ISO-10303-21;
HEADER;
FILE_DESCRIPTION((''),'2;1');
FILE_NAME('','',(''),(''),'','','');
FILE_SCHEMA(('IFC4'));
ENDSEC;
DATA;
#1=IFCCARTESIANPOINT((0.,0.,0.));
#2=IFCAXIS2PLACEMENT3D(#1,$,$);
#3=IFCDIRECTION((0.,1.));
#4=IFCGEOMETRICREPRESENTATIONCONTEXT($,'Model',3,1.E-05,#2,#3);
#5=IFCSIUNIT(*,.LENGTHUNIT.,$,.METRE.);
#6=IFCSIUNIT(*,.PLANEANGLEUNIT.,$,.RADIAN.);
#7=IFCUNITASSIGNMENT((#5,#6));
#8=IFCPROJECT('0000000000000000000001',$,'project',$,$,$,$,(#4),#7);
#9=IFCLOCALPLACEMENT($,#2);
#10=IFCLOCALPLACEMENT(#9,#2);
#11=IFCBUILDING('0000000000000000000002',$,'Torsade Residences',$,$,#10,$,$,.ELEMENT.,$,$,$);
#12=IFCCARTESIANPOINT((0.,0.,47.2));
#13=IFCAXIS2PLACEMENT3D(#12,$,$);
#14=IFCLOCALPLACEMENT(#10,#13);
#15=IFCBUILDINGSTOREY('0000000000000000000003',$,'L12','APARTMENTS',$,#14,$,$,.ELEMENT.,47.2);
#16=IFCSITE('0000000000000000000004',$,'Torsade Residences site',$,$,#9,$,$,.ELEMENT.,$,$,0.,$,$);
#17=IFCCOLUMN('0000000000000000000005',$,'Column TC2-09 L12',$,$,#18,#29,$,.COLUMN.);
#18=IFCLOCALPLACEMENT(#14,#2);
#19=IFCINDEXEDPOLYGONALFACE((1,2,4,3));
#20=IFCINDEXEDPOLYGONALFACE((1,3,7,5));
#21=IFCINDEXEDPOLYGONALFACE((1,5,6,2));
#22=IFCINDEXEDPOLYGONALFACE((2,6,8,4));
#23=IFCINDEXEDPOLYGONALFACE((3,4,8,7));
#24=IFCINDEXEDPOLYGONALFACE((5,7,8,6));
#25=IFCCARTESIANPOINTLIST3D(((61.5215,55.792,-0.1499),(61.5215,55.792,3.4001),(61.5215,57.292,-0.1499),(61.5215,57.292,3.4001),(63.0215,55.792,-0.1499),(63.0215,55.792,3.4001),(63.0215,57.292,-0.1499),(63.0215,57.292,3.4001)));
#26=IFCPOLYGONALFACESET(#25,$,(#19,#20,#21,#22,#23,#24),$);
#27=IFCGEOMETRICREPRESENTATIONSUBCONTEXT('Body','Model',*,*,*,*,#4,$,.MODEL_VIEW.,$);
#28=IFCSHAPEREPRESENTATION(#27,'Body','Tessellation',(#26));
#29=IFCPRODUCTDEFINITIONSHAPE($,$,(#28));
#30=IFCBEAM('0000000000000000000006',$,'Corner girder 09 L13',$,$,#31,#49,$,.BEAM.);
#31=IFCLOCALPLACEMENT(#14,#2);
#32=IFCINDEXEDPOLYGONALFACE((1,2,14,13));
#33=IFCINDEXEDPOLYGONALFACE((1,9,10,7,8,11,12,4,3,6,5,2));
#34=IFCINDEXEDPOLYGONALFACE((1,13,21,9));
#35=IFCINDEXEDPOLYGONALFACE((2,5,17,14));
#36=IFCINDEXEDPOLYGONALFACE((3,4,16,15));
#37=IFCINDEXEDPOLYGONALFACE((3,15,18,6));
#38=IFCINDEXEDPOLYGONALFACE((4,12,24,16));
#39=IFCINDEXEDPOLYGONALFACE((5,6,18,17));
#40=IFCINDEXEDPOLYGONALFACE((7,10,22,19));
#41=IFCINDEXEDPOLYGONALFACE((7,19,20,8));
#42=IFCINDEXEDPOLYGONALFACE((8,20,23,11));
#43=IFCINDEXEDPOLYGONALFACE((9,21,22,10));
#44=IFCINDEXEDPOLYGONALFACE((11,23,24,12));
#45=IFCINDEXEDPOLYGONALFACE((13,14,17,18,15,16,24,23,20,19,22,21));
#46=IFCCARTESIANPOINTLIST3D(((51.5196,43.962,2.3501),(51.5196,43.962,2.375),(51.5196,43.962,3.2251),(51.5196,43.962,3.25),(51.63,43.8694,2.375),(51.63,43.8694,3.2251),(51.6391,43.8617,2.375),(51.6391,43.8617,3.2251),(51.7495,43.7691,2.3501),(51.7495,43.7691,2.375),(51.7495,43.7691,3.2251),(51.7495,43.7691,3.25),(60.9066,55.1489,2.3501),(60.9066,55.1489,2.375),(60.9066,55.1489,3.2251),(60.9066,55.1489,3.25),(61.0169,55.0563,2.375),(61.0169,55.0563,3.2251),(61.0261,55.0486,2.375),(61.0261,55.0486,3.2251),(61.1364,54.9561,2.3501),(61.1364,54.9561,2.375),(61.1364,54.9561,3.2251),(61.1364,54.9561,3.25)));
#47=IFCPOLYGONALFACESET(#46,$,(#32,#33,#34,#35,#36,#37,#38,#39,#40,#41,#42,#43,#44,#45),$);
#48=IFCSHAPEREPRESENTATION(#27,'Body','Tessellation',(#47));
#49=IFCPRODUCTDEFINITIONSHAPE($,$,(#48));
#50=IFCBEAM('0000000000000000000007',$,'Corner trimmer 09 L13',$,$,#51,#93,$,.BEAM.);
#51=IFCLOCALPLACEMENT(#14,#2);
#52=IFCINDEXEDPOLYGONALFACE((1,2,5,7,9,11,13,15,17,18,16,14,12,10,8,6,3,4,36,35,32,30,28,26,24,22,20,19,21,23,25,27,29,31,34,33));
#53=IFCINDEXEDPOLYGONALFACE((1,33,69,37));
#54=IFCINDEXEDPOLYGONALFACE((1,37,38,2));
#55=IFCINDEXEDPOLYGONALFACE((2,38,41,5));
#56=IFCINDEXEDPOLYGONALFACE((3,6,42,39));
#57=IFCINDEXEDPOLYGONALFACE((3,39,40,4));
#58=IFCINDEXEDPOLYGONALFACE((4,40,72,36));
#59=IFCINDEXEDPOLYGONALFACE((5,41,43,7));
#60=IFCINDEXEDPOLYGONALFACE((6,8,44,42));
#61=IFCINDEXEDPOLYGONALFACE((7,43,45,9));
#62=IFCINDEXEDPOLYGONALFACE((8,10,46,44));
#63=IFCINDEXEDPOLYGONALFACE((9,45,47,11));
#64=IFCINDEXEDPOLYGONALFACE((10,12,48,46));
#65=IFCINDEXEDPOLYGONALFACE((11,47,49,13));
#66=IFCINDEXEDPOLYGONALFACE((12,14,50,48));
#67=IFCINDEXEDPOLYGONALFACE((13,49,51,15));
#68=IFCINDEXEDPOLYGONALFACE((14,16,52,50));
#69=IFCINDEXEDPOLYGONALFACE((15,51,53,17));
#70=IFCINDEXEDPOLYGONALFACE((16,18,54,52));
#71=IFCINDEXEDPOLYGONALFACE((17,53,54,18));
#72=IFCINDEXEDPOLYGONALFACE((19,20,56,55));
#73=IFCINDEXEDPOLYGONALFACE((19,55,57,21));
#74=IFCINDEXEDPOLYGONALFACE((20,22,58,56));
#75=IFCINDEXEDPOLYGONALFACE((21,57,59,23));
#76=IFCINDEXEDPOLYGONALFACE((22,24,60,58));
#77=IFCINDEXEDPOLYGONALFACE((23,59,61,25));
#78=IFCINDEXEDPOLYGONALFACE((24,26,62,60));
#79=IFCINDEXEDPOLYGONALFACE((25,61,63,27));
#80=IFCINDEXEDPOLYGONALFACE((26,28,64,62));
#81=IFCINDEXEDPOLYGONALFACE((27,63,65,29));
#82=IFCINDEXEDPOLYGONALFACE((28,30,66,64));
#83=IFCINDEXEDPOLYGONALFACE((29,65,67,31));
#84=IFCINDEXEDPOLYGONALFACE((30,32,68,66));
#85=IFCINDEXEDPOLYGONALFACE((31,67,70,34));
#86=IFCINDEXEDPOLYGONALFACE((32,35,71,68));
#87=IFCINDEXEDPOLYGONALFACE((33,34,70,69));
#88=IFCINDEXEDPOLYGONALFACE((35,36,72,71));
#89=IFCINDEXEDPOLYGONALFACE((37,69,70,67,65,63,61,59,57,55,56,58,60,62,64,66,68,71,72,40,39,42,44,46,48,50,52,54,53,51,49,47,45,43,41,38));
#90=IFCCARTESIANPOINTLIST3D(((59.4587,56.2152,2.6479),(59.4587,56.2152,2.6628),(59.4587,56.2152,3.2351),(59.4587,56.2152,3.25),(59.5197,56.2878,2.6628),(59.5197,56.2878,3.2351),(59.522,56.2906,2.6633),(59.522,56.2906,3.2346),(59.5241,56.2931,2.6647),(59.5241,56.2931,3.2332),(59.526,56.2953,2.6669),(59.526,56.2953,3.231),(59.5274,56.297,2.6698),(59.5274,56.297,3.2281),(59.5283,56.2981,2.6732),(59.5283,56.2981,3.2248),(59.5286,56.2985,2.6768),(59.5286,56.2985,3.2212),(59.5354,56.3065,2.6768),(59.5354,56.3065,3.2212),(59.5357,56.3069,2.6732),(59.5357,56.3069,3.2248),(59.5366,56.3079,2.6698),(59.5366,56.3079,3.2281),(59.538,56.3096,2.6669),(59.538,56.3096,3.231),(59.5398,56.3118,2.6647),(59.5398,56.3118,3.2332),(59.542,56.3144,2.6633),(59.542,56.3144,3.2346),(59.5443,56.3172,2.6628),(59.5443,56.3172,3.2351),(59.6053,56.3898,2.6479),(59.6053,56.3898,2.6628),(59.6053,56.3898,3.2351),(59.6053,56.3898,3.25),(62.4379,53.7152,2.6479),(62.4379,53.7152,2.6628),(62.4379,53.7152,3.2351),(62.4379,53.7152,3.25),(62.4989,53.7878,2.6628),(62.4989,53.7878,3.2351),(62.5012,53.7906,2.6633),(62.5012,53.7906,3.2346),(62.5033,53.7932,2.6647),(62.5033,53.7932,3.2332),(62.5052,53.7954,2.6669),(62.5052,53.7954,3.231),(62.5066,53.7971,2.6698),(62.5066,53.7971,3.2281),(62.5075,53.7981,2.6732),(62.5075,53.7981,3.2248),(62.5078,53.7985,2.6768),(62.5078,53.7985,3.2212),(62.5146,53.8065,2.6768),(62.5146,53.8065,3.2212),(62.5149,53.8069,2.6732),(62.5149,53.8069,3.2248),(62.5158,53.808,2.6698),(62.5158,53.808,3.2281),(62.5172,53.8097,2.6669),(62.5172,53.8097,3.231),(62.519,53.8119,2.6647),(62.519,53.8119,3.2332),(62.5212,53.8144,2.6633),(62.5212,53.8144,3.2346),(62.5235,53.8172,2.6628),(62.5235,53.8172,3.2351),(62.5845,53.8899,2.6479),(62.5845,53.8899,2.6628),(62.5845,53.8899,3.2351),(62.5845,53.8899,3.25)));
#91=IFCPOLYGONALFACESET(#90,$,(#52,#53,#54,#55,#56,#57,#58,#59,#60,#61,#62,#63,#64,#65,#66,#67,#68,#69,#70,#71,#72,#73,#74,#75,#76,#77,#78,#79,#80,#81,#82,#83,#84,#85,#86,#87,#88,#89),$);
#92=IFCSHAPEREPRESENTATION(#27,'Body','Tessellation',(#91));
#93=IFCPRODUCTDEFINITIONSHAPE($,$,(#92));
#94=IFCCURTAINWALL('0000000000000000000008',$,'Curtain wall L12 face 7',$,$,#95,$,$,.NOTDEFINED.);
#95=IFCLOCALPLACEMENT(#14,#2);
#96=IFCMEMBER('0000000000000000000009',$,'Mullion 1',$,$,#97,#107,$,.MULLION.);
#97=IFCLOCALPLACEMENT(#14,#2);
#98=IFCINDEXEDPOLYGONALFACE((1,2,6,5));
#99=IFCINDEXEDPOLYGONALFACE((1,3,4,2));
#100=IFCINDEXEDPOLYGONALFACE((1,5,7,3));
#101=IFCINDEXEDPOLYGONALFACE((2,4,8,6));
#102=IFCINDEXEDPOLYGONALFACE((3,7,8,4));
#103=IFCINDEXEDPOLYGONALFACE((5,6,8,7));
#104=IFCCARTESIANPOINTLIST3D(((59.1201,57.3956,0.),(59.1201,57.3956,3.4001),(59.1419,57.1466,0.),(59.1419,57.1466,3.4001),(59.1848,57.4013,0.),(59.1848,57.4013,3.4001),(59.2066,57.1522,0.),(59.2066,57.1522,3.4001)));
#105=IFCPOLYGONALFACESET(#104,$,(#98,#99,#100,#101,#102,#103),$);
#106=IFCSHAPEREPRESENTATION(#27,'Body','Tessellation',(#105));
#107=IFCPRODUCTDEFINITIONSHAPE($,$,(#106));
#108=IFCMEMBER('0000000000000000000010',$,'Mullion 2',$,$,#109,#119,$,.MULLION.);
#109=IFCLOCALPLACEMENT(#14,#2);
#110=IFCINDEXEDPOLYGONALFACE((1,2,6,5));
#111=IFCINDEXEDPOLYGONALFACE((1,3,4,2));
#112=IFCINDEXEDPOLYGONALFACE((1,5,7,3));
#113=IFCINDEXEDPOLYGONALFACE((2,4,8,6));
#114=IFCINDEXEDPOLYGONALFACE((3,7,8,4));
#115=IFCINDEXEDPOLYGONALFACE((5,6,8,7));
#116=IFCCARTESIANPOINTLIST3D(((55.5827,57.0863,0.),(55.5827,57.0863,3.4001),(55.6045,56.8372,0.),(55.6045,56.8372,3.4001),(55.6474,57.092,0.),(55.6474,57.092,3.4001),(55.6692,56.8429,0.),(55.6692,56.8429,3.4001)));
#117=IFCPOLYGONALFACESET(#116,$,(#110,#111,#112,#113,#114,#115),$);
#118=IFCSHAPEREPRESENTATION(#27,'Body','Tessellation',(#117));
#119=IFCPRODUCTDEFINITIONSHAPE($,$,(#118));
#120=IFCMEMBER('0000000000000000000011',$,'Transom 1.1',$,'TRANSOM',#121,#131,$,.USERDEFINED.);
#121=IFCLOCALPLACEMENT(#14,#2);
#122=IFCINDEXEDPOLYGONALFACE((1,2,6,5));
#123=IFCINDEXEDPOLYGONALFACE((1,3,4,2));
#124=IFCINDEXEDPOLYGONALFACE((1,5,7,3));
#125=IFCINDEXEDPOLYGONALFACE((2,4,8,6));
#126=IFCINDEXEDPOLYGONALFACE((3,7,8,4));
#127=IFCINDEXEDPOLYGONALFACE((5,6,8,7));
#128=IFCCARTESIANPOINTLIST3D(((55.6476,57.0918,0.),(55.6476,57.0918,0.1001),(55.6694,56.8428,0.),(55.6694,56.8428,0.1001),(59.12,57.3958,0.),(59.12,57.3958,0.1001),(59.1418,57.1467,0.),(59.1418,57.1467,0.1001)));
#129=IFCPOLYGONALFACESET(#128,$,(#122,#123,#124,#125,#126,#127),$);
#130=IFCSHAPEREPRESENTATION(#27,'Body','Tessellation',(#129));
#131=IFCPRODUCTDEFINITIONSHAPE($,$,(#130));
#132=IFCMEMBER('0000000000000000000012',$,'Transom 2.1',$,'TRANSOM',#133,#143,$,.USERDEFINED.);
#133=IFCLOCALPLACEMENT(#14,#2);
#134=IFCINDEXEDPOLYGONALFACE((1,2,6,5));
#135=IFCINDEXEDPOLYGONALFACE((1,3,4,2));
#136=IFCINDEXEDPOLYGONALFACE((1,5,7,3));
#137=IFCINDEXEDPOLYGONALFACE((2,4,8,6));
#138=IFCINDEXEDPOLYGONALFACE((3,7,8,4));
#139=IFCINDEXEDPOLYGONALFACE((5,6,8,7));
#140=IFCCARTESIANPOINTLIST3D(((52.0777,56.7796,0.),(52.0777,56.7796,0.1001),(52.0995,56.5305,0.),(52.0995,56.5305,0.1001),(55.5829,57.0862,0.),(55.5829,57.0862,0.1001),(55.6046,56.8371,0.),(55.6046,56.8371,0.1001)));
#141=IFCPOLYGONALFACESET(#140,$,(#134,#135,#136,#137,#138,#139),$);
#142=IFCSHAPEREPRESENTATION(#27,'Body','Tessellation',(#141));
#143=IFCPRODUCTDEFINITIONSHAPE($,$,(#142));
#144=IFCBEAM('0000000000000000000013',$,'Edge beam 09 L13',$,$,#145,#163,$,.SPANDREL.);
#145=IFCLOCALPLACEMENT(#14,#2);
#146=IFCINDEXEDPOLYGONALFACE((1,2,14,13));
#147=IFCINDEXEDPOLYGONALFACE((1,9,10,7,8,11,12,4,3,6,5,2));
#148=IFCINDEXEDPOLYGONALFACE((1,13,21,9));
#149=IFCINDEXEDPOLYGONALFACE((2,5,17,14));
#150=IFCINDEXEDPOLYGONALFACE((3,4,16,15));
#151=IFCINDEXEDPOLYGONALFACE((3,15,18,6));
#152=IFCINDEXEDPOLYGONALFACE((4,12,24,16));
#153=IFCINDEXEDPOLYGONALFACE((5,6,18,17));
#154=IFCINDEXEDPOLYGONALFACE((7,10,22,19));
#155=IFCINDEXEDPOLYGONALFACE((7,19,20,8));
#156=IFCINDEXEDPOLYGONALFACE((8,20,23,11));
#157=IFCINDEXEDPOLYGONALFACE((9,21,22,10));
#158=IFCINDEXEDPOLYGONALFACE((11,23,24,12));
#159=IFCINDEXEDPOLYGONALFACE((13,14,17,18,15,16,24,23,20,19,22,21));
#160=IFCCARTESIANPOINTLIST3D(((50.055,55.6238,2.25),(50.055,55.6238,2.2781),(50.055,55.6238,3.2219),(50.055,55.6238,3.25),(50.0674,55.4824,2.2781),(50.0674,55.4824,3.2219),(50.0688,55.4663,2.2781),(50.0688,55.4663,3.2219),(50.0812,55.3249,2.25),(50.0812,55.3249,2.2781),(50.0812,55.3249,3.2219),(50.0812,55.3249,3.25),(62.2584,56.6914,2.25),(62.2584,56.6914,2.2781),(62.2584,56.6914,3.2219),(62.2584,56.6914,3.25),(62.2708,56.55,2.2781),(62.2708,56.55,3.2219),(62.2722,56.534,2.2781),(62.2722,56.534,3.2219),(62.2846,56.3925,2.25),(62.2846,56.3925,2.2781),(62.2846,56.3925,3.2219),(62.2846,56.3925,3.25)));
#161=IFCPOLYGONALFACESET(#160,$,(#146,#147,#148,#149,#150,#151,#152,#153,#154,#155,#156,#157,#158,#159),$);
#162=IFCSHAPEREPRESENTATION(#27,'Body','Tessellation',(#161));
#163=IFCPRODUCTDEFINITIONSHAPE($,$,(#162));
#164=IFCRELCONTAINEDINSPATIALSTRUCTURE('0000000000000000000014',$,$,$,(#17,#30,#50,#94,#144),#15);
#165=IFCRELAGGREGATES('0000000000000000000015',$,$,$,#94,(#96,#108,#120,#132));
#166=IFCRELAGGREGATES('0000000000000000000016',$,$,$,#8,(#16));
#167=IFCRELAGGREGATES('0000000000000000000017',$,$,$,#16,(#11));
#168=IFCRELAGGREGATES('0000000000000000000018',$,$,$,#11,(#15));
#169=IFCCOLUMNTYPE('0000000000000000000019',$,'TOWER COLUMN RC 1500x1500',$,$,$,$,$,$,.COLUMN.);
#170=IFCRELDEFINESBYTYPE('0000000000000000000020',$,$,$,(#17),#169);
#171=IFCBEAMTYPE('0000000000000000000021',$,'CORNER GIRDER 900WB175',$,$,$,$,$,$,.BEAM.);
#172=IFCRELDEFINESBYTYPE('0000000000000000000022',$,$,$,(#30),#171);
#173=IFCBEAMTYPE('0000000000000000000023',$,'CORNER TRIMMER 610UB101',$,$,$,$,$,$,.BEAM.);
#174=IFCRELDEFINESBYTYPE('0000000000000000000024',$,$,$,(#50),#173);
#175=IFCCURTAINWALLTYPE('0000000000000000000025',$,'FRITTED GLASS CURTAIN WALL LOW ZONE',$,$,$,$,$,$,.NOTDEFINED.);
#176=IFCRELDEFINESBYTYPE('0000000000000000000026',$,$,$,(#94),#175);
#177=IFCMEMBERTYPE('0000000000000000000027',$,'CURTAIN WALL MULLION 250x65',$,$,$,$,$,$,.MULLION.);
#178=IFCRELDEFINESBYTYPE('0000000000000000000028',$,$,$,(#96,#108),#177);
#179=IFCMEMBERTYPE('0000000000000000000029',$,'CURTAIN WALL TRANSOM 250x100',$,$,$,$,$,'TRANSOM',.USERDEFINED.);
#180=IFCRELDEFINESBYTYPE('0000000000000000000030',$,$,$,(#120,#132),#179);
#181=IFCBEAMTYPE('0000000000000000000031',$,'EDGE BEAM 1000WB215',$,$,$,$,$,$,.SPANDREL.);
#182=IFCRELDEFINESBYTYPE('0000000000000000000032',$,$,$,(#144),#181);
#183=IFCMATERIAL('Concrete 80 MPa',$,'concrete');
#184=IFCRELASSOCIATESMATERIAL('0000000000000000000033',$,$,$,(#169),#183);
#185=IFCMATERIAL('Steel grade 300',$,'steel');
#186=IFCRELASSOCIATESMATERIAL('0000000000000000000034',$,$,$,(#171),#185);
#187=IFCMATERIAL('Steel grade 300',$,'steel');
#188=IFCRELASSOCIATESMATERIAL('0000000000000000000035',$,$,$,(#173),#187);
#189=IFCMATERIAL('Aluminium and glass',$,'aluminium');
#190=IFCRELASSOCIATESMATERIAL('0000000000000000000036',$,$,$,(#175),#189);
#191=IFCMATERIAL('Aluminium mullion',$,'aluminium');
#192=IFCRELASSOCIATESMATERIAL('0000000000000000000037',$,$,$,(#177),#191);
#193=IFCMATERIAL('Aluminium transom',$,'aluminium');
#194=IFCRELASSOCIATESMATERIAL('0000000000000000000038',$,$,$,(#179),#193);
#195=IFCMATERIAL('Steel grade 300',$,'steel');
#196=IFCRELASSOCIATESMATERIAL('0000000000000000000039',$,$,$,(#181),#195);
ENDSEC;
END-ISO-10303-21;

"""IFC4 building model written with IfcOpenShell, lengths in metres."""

from ifc_helpers import new_model, si_unit, direction, frame, origin, origin_2d, place, context, subcontext, project, spatial, rectangle, i_section, extrude, material, material_profile, profile_set, type_object, element, aggregate, save


model = new_model("IFC4")

# Units and contexts
model_context = context("Model", 3, precision=1e-05, world=origin(), true_north=direction((0.0, 1.0)))
body_context = subcontext(model_context, "Body", "Model", "MODEL_VIEW")
ifc_project = project(units=[si_unit("LENGTHUNIT", "METRE"), si_unit("PLANEANGLEUNIT", "RADIAN")], contexts=[model_context])

# Site, building, storey
site_placement = place(None, origin())
site = spatial("IfcSite", under=ifc_project, at=site_placement, Name="Torsade Residences site", CompositionType="ELEMENT", RefElevation=0.0)
building_placement = place(site_placement, origin())
building = spatial("IfcBuilding", under=site, at=building_placement, Name="Torsade Residences", CompositionType="ELEMENT")
storey_placement = place(building_placement, frame((0.0, 0.0, 47.2)))
storey = spatial("IfcBuildingStorey", under=building, at=storey_placement, Name="L12", Description="APARTMENTS", CompositionType="ELEMENT", Elevation=47.2)

# Column
ifc_material_1 = material(Name="Concrete 80 MPa", Category="concrete")
ifc_material_profile_1 = material_profile(ifc_material_1, rectangle(XDim=1.5, YDim=1.5, at=origin_2d()), Name="RC 1500x1500")
ifc_profile_set_1 = profile_set([ifc_material_profile_1], Name="Concrete 80 MPa")
column_type = type_object("IfcColumnType", Name="TOWER COLUMN RC 1500x1500", PredefinedType="COLUMN", material=ifc_profile_set_1)
column_placement = place(storey_placement, frame((62.2715, 56.542, -0.1499), z_axis=(0.0, 0.0, 1.0), x_axis=(1.0, 0.0, 0.0)))
element("IfcColumn", 1, at=column_placement, inside=storey, type_object=column_type, Name="Column TC2-09 L12", PredefinedType="COLUMN", context=body_context, shape_type="SweptSolid", body=[
    extrude(rectangle(XDim=1.5, YDim=1.5, at=origin_2d()), origin(), (0.0, 0.0, 1.0), 3.55),
])

# Beams
ifc_material_2 = material(Name="Steel grade 300", Category="steel")
ifc_material_profile_2 = material_profile(ifc_material_2, i_section(OverallWidth=0.3, OverallDepth=0.8999, WebThickness=0.012, FlangeThickness=0.0249, at=origin_2d()), Name="900WB175")
ifc_profile_set_2 = profile_set([ifc_material_profile_2], Name="Steel grade 300")
beam_type_1 = type_object("IfcBeamType", Name="CORNER GIRDER 900WB175", PredefinedType="BEAM", material=ifc_profile_set_2)
beam_1_placement = place(storey_placement, frame((61.0215, 55.0525, 2.8), z_axis=(-0.642785, -0.766046, 0.0), x_axis=(0.766046, -0.642785, 0.0)))
element("IfcBeam", 2, at=beam_1_placement, inside=storey, type_object=beam_type_1, Name="Corner girder 09 L13", PredefinedType="BEAM", context=body_context, shape_type="SweptSolid", body=[
    extrude(i_section(OverallWidth=0.3, OverallDepth=0.8999, WebThickness=0.012, FlangeThickness=0.0249, at=origin_2d()), origin(), (0.0, 0.0, 1.0), 14.6035),
])
ifc_material_3 = material(Name="Steel grade 300", Category="steel")
ifc_material_profile_3 = material_profile(ifc_material_3, i_section(OverallWidth=0.228, OverallDepth=0.6021, WebThickness=0.0105, FlangeThickness=0.0149, FilletRadius=0.0139, at=origin_2d()), Name="610UB101")
ifc_profile_set_3 = profile_set([ifc_material_profile_3], Name="Steel grade 300")
beam_type_2 = type_object("IfcBeamType", Name="CORNER TRIMMER 610UB101", PredefinedType="BEAM", material=ifc_profile_set_3)
beam_2_placement = place(storey_placement, frame((59.532, 56.3025, 2.949), z_axis=(0.76603, -0.642805, 0.0), x_axis=(0.642805, 0.76603, 0.0)))
element("IfcBeam", 3, at=beam_2_placement, inside=storey, type_object=beam_type_2, Name="Corner trimmer 09 L13", PredefinedType="BEAM", context=body_context, shape_type="SweptSolid", body=[
    extrude(i_section(OverallWidth=0.228, OverallDepth=0.6021, WebThickness=0.0105, FlangeThickness=0.0149, FilletRadius=0.0139, at=origin_2d()), origin(), (0.0, 0.0, 1.0), 3.8892),
])

# Curtain wall, members
ifc_material_4 = material(Name="Aluminium and glass", Category="aluminium")
curtain_wall_type = type_object("IfcCurtainWallType", Name="FRITTED GLASS CURTAIN WALL LOW ZONE", PredefinedType="NOTDEFINED", material=ifc_material_4)
curtain_wall_placement = place(storey_placement, origin())
curtain_wall = element("IfcCurtainWall", 4, at=curtain_wall_placement, inside=storey, type_object=curtain_wall_type, Name="Curtain wall L12 face 7", PredefinedType="NOTDEFINED")
ifc_material_5 = material(Name="Aluminium mullion", Category="aluminium")
ifc_material_profile_4 = material_profile(ifc_material_5, rectangle(XDim=0.25, YDim=0.0649, at=origin_2d()), Name="CURTAIN WALL MULLION 250x65")
ifc_profile_set_4 = profile_set([ifc_material_profile_4], Name="Aluminium mullion")
member_type_1 = type_object("IfcMemberType", Name="CURTAIN WALL MULLION 250x65", PredefinedType="MULLION", material=ifc_profile_set_4)
member_1_placement = place(storey_placement, frame((59.1633, 57.2739, 0.0), z_axis=(0.0, 0.0, 1.0), x_axis=(0.087156, -0.996195, 0.0)))
member_1 = element("IfcMember", 5, at=member_1_placement, type_object=member_type_1, Name="Mullion 1", PredefinedType="MULLION", context=body_context, shape_type="SweptSolid", body=[
    extrude(rectangle(XDim=0.25, YDim=0.0649, at=origin_2d()), origin(), (0.0, 0.0, 1.0), 3.4001),
])
member_2_placement = place(storey_placement, frame((55.626, 56.9646, 0.0), z_axis=(0.0, 0.0, 1.0), x_axis=(0.087156, -0.996195, 0.0)))
member_2 = element("IfcMember", 6, at=member_2_placement, type_object=member_type_1, Name="Mullion 2", PredefinedType="MULLION", context=body_context, shape_type="SweptSolid", body=[
    extrude(rectangle(XDim=0.25, YDim=0.0649, at=origin_2d()), origin(), (0.0, 0.0, 1.0), 3.4001),
])
ifc_material_6 = material(Name="Aluminium transom", Category="aluminium")
ifc_material_profile_5 = material_profile(ifc_material_6, rectangle(XDim=0.25, YDim=0.1001, at=origin_2d()), Name="CURTAIN WALL TRANSOM 250x100")
ifc_profile_set_5 = profile_set([ifc_material_profile_5], Name="Aluminium transom")
member_type_2 = type_object("IfcMemberType", Name="CURTAIN WALL TRANSOM 250x100", ElementType="TRANSOM", PredefinedType="USERDEFINED", material=ifc_profile_set_5)
member_3_placement = place(storey_placement, frame((59.1309, 57.2712, 0.05), z_axis=(-0.996191, -0.087201, 0.0), x_axis=(0.087201, -0.996191, 0.0)))
member_3 = element("IfcMember", 7, at=member_3_placement, type_object=member_type_2, Name="Transom 1.1", ObjectType="TRANSOM", PredefinedType="USERDEFINED", context=body_context, shape_type="SweptSolid", body=[
    extrude(rectangle(XDim=0.25, YDim=0.1001, at=origin_2d()), origin(), (0.0, 0.0, 1.0), 3.4856),
])
member_4_placement = place(storey_placement, frame((55.5938, 56.9617, 0.05), z_axis=(-0.996195, -0.087151, 0.0), x_axis=(0.087151, -0.996195, 0.0)))
member_4 = element("IfcMember", 8, at=member_4_placement, type_object=member_type_2, Name="Transom 2.1", ObjectType="TRANSOM", PredefinedType="USERDEFINED", context=body_context, shape_type="SweptSolid", body=[
    extrude(rectangle(XDim=0.25, YDim=0.1001, at=origin_2d()), origin(), (0.0, 0.0, 1.0), 3.5186),
])

# Beam
ifc_material_7 = material(Name="Steel grade 300", Category="steel")
ifc_material_profile_6 = material_profile(ifc_material_7, i_section(OverallWidth=0.3, OverallDepth=1.0, WebThickness=0.0161, FlangeThickness=0.0281, at=origin_2d()), Name="1000WB215")
ifc_profile_set_6 = profile_set([ifc_material_profile_6], Name="Steel grade 300")
beam_type_3 = type_object("IfcBeamType", Name="EDGE BEAM 1000WB215", PredefinedType="SPANDREL", material=ifc_profile_set_6)
beam_3_placement = place(storey_placement, frame((62.2715, 56.542, 2.75), z_axis=(-0.996195, -0.087153, 0.0), x_axis=(0.087153, -0.996195, 0.0)))
element("IfcBeam", 9, at=beam_3_placement, inside=storey, type_object=beam_type_3, Name="Edge beam 09 L13", PredefinedType="SPANDREL", context=body_context, shape_type="SweptSolid", body=[
    extrude(i_section(OverallWidth=0.3, OverallDepth=1.0, WebThickness=0.0161, FlangeThickness=0.0281, at=origin_2d()), origin(), (0.0, 0.0, 1.0), 12.25),
])

aggregate(curtain_wall, [member_1, member_2, member_3, member_4])

save(model, "model.ifc")
